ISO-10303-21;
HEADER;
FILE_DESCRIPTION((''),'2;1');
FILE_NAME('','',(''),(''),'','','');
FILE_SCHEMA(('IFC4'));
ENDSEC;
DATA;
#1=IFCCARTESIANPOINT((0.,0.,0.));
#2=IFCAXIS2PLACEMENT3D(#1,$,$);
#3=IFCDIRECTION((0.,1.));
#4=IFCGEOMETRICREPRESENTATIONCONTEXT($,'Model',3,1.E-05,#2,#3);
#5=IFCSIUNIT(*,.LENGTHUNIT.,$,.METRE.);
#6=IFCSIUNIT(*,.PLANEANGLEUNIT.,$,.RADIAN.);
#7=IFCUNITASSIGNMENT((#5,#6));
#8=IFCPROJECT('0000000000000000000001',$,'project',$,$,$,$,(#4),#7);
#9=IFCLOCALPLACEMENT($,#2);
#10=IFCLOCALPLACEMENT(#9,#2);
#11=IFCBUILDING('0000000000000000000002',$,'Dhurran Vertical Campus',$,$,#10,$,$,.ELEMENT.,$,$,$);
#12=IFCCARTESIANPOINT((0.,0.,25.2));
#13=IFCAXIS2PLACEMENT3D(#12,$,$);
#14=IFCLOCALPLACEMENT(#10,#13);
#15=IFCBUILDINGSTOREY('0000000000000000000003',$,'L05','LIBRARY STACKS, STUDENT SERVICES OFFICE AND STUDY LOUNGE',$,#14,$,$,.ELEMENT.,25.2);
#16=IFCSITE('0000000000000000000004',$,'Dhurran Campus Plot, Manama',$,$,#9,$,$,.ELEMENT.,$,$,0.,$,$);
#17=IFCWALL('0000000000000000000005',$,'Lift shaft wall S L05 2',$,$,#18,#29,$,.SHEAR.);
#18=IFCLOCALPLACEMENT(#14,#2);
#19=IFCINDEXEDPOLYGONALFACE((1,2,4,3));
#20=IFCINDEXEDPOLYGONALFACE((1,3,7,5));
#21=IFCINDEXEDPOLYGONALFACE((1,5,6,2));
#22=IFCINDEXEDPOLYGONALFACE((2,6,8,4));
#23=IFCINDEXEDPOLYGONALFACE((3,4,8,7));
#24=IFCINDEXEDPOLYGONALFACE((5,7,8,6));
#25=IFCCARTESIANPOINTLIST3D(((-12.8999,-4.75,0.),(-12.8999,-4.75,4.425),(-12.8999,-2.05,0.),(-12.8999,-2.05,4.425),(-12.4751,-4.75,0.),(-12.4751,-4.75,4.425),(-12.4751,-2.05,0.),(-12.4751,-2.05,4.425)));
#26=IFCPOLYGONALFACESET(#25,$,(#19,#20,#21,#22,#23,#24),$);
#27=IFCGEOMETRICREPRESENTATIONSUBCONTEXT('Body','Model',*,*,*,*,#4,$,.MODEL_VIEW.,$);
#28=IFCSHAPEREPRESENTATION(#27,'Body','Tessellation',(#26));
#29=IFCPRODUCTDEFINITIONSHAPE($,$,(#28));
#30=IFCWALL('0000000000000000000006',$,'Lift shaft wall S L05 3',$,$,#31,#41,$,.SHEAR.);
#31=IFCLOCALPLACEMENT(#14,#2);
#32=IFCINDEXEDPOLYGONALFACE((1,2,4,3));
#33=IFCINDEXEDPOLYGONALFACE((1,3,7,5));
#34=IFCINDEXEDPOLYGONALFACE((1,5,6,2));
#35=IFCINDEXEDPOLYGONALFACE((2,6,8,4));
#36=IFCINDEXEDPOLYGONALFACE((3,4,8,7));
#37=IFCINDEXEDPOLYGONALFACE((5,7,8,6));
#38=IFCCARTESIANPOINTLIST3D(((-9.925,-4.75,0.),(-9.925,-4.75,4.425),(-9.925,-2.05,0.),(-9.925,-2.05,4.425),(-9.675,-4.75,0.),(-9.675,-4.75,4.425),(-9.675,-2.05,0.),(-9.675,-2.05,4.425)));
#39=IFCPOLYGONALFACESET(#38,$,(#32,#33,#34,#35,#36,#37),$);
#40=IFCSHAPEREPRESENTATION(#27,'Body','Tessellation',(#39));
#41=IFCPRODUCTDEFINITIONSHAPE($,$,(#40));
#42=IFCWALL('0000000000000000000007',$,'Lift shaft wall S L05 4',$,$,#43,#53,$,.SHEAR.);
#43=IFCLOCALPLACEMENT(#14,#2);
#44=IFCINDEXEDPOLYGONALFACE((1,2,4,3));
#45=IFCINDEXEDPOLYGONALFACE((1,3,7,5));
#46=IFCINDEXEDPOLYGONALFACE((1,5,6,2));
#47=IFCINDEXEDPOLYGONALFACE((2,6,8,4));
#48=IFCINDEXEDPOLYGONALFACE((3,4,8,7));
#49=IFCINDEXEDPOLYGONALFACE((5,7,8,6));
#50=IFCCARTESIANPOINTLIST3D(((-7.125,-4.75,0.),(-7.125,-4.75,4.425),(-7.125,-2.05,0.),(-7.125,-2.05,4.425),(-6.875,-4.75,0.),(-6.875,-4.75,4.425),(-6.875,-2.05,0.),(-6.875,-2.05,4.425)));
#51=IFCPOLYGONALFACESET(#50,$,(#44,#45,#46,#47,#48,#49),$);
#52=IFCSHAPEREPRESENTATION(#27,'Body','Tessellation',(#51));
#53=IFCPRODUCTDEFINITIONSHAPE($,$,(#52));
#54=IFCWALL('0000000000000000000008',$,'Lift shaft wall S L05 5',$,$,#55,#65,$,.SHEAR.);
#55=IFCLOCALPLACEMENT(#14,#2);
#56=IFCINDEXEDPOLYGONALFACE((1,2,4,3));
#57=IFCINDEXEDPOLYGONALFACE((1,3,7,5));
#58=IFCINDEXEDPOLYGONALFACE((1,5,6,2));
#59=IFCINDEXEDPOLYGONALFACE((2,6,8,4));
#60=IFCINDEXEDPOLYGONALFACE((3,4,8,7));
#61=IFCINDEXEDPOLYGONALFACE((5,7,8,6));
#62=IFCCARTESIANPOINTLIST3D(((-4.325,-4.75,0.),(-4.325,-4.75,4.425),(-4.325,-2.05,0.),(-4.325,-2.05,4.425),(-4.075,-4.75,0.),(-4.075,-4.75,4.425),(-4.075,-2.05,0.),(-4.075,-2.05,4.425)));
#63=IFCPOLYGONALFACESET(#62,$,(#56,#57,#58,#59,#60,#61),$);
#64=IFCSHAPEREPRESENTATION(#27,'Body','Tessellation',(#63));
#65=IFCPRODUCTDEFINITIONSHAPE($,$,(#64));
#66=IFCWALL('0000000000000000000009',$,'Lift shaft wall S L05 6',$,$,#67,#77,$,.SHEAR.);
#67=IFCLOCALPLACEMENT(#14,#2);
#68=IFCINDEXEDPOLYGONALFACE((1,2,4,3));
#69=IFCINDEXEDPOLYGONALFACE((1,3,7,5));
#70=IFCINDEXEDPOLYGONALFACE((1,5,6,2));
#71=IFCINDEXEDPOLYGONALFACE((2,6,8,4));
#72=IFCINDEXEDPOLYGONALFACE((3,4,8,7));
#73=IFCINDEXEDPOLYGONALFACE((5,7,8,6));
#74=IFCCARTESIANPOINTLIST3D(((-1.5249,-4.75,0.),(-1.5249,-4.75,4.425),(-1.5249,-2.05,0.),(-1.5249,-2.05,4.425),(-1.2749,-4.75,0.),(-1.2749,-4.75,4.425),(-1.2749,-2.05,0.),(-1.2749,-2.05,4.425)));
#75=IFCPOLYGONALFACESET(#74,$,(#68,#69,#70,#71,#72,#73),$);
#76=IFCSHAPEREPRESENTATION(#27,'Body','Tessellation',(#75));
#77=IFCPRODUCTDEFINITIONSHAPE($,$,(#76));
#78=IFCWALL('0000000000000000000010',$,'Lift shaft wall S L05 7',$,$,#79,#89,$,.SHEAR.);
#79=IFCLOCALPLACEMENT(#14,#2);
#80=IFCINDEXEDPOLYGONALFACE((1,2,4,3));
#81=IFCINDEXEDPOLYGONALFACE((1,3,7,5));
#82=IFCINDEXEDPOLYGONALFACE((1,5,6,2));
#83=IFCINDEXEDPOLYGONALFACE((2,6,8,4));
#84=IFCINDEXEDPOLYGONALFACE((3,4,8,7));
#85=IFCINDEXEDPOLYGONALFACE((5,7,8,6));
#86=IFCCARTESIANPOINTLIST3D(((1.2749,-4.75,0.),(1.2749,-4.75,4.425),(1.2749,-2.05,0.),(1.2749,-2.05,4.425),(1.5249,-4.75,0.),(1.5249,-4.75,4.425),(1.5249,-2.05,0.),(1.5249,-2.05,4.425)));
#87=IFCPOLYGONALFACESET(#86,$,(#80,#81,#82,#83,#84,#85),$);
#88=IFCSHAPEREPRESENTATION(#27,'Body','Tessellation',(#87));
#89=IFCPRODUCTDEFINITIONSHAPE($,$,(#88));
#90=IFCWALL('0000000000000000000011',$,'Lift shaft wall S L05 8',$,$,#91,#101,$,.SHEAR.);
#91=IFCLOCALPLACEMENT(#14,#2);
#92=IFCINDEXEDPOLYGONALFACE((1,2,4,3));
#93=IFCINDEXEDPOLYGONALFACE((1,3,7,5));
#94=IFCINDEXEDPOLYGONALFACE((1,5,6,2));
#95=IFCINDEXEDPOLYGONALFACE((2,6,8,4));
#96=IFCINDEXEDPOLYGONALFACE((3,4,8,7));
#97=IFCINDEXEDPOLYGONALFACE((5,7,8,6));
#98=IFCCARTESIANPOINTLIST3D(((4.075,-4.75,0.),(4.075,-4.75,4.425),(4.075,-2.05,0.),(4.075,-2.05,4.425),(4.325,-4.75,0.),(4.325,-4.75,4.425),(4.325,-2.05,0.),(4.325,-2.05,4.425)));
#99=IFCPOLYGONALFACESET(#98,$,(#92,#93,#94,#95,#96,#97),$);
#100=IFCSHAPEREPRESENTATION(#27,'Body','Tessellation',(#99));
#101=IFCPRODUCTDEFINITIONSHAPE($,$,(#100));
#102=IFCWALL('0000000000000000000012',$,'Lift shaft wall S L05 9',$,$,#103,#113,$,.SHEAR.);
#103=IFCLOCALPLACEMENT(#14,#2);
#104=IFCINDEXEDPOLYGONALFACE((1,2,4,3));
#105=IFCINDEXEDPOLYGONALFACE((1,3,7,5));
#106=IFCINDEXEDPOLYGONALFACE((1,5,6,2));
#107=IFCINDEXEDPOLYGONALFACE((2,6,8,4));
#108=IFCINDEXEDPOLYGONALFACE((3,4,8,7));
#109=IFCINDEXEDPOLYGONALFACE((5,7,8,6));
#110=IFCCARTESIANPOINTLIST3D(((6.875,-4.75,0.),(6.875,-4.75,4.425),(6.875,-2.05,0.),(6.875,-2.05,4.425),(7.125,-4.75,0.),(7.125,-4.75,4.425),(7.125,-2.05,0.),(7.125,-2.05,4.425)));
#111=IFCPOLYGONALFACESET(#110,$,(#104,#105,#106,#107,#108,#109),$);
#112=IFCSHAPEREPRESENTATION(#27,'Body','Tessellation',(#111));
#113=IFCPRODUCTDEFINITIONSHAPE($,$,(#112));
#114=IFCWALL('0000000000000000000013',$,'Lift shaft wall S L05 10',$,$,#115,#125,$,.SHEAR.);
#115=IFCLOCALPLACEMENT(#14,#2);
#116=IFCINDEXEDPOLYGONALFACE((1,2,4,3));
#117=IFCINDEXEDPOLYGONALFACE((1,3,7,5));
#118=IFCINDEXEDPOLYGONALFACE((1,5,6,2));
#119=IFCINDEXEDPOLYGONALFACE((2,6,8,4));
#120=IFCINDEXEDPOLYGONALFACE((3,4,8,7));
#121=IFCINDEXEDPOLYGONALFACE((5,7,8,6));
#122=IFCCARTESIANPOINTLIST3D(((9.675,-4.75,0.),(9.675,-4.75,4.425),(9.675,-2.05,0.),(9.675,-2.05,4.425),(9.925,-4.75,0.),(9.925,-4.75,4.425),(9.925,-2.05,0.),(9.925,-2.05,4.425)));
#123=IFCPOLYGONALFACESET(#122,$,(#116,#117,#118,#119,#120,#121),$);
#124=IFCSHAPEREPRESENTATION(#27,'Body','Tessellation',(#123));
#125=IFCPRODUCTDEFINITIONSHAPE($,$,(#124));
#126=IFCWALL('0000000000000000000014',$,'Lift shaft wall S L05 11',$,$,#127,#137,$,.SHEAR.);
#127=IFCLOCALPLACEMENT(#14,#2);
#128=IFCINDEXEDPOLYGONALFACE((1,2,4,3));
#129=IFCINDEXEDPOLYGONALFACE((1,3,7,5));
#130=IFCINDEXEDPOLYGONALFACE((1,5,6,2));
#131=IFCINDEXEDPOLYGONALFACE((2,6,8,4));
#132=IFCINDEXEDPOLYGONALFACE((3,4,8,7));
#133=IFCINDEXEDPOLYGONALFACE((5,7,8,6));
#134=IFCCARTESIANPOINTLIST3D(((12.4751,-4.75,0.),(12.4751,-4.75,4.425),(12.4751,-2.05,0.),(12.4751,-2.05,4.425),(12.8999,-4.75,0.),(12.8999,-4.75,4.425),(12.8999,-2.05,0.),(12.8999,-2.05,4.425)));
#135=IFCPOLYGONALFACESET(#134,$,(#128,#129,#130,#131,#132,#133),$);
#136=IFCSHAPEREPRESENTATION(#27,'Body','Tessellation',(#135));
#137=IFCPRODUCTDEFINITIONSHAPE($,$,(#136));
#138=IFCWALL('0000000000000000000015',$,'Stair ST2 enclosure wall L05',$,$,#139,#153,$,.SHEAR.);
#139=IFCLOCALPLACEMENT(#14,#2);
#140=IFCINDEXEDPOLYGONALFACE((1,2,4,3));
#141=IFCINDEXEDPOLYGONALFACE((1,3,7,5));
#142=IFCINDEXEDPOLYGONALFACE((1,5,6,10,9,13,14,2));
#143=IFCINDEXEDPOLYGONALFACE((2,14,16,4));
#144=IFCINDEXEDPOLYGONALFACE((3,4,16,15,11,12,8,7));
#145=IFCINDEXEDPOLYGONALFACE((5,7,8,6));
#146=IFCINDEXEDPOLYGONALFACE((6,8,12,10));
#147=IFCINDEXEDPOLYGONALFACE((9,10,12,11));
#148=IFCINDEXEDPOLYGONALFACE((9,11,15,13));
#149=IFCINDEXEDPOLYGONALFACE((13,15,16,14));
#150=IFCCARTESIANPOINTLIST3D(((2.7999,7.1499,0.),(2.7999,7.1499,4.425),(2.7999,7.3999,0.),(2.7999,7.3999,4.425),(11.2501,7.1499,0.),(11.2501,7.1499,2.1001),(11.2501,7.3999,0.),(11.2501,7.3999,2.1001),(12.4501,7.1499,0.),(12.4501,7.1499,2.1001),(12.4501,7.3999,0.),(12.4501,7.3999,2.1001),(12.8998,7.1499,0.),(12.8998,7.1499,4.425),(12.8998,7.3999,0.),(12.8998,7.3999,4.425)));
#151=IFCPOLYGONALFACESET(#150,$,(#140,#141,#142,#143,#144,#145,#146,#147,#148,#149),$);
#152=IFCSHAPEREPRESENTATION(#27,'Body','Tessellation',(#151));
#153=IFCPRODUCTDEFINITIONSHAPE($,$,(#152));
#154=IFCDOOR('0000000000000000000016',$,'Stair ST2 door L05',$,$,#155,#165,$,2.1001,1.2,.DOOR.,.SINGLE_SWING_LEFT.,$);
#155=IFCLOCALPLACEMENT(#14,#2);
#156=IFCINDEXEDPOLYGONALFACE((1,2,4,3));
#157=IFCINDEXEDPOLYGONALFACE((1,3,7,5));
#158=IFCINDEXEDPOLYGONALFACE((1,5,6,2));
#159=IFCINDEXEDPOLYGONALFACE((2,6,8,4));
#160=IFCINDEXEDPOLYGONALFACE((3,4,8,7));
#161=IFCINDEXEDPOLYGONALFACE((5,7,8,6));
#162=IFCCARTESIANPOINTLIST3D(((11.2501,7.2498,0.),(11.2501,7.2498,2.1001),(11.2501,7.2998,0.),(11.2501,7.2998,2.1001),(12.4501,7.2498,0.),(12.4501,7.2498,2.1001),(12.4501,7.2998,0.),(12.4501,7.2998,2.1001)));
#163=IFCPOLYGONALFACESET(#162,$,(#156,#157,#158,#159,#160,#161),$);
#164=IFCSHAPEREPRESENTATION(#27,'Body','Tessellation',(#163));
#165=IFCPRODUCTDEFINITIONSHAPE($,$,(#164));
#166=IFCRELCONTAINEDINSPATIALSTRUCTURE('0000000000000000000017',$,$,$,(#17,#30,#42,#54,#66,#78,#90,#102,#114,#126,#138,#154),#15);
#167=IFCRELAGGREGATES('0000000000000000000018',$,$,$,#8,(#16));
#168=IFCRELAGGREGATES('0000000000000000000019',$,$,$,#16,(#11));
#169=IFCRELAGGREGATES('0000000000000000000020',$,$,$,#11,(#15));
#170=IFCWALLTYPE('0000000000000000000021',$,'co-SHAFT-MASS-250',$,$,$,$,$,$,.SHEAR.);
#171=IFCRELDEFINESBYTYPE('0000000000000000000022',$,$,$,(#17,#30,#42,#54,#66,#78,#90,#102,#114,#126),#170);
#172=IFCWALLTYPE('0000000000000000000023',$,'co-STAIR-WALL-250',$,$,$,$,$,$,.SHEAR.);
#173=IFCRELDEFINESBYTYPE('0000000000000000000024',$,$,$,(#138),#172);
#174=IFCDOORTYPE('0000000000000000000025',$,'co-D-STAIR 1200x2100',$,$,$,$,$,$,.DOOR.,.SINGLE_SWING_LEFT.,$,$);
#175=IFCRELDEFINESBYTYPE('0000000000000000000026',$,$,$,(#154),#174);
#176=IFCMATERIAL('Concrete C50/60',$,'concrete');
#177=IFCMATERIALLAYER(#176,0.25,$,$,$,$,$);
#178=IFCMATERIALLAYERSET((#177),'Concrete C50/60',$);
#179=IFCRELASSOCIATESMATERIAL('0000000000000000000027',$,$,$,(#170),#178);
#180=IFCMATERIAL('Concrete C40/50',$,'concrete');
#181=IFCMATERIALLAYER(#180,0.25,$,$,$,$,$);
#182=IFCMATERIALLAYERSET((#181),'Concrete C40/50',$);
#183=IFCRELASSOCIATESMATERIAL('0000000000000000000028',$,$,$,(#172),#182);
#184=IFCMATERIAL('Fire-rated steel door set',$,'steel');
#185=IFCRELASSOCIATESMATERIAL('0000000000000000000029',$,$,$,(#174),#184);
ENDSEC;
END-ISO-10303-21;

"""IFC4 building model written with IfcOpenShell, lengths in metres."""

from ifc_helpers import new_model, si_unit, direction, frame, frame_2d, origin, place, context, subcontext, project, spatial, polyline, rectangle, outline, extrude, material, layer, layer_set, type_object, element, fill, save


model = new_model("IFC4")

# Units and contexts
model_context = context("Model", 3, precision=1e-05, world=origin(), true_north=direction((0.0, 1.0)))
body_context = subcontext(model_context, "Body", "Model", "MODEL_VIEW")
ifc_project = project(units=[si_unit("LENGTHUNIT", "METRE"), si_unit("PLANEANGLEUNIT", "RADIAN")], contexts=[model_context])

# Site, building, storey
site_placement = place(None, origin())
site = spatial("IfcSite", under=ifc_project, at=site_placement, Name="Dhurran Campus Plot, Manama", CompositionType="ELEMENT", RefElevation=0.0)
building_placement = place(site_placement, origin())
building = spatial("IfcBuilding", under=site, at=building_placement, Name="Dhurran Vertical Campus", CompositionType="ELEMENT")
storey_placement = place(building_placement, frame((0.0, 0.0, 25.2)))
storey = spatial("IfcBuildingStorey", under=building, at=storey_placement, Name="L05", Description="LIBRARY STACKS, STUDENT SERVICES OFFICE AND STUDY LOUNGE", CompositionType="ELEMENT", Elevation=25.2)

# Walls
ifc_material_1 = material(Name="Concrete C50/60", Category="concrete")
ifc_layer_1 = layer(ifc_material_1, 0.25)
ifc_layer_set_1 = layer_set([ifc_layer_1], Name="Concrete C50/60")
wall_type_1 = type_object("IfcWallType", Name="co-SHAFT-MASS-250", PredefinedType="SHEAR", material=ifc_layer_set_1)
wall_1_placement = place(storey_placement, origin())
element("IfcWall", 1, at=wall_1_placement, inside=storey, type_object=wall_type_1, Name="Lift shaft wall S L05 2", PredefinedType="SHEAR", context=body_context, shape_type="SweptSolid", body=[
    extrude(outline(polyline([(-12.8999, -4.75), (-12.4751, -4.75), (-12.4751, -2.05), (-12.8999, -2.05), (-12.8999, -4.75)])), origin(), (0.0, 0.0, 1.0), 4.425),
])
wall_2_placement = place(storey_placement, origin())
element("IfcWall", 2, at=wall_2_placement, inside=storey, type_object=wall_type_1, Name="Lift shaft wall S L05 3", PredefinedType="SHEAR", context=body_context, shape_type="SweptSolid", body=[
    extrude(outline(polyline([(-9.925, -4.75), (-9.675, -4.75), (-9.675, -2.05), (-9.925, -2.05), (-9.925, -4.75)])), origin(), (0.0, 0.0, 1.0), 4.425),
])
wall_3_placement = place(storey_placement, origin())
element("IfcWall", 3, at=wall_3_placement, inside=storey, type_object=wall_type_1, Name="Lift shaft wall S L05 4", PredefinedType="SHEAR", context=body_context, shape_type="SweptSolid", body=[
    extrude(outline(polyline([(-7.125, -4.75), (-6.875, -4.75), (-6.875, -2.05), (-7.125, -2.05), (-7.125, -4.75)])), origin(), (0.0, 0.0, 1.0), 4.425),
])
wall_4_placement = place(storey_placement, origin())
element("IfcWall", 4, at=wall_4_placement, inside=storey, type_object=wall_type_1, Name="Lift shaft wall S L05 5", PredefinedType="SHEAR", context=body_context, shape_type="SweptSolid", body=[
    extrude(outline(polyline([(-4.325, -4.75), (-4.075, -4.75), (-4.075, -2.05), (-4.325, -2.05), (-4.325, -4.75)])), origin(), (0.0, 0.0, 1.0), 4.425),
])
wall_5_placement = place(storey_placement, origin())
element("IfcWall", 5, at=wall_5_placement, inside=storey, type_object=wall_type_1, Name="Lift shaft wall S L05 6", PredefinedType="SHEAR", context=body_context, shape_type="SweptSolid", body=[
    extrude(outline(polyline([(-1.5249, -4.75), (-1.2749, -4.75), (-1.2749, -2.05), (-1.5249, -2.05), (-1.5249, -4.75)])), origin(), (0.0, 0.0, 1.0), 4.425),
])
wall_6_placement = place(storey_placement, origin())
element("IfcWall", 6, at=wall_6_placement, inside=storey, type_object=wall_type_1, Name="Lift shaft wall S L05 7", PredefinedType="SHEAR", context=body_context, shape_type="SweptSolid", body=[
    extrude(outline(polyline([(1.2749, -4.75), (1.5249, -4.75), (1.5249, -2.05), (1.2749, -2.05), (1.2749, -4.75)])), origin(), (0.0, 0.0, 1.0), 4.425),
])
wall_7_placement = place(storey_placement, origin())
element("IfcWall", 7, at=wall_7_placement, inside=storey, type_object=wall_type_1, Name="Lift shaft wall S L05 8", PredefinedType="SHEAR", context=body_context, shape_type="SweptSolid", body=[
    extrude(outline(polyline([(4.075, -4.75), (4.325, -4.75), (4.325, -2.05), (4.075, -2.05), (4.075, -4.75)])), origin(), (0.0, 0.0, 1.0), 4.425),
])
wall_8_placement = place(storey_placement, origin())
element("IfcWall", 8, at=wall_8_placement, inside=storey, type_object=wall_type_1, Name="Lift shaft wall S L05 9", PredefinedType="SHEAR", context=body_context, shape_type="SweptSolid", body=[
    extrude(outline(polyline([(6.875, -4.75), (7.125, -4.75), (7.125, -2.05), (6.875, -2.05), (6.875, -4.75)])), origin(), (0.0, 0.0, 1.0), 4.425),
])
wall_9_placement = place(storey_placement, origin())
element("IfcWall", 9, at=wall_9_placement, inside=storey, type_object=wall_type_1, Name="Lift shaft wall S L05 10", PredefinedType="SHEAR", context=body_context, shape_type="SweptSolid", body=[
    extrude(outline(polyline([(9.675, -4.75), (9.925, -4.75), (9.925, -2.05), (9.675, -2.05), (9.675, -4.75)])), origin(), (0.0, 0.0, 1.0), 4.425),
])
wall_10_placement = place(storey_placement, origin())
element("IfcWall", 10, at=wall_10_placement, inside=storey, type_object=wall_type_1, Name="Lift shaft wall S L05 11", PredefinedType="SHEAR", context=body_context, shape_type="SweptSolid", body=[
    extrude(outline(polyline([(12.4751, -4.75), (12.8999, -4.75), (12.8999, -2.05), (12.4751, -2.05), (12.4751, -4.75)])), origin(), (0.0, 0.0, 1.0), 4.425),
])

# Wall, opening, door
ifc_material_2 = material(Name="Concrete C40/50", Category="concrete")
ifc_layer_2 = layer(ifc_material_2, 0.25)
ifc_layer_set_2 = layer_set([ifc_layer_2], Name="Concrete C40/50")
wall_type_2 = type_object("IfcWallType", Name="co-STAIR-WALL-250", PredefinedType="SHEAR", material=ifc_layer_set_2)
wall_11_placement = place(storey_placement, frame((2.8, 7.2749, 0.0), z_axis=(0.0, 0.0, 1.0), x_axis=(1.0, 0.0, 0.0)))
wall_11 = element("IfcWall", 11, at=wall_11_placement, inside=storey, type_object=wall_type_2, Name="Stair ST2 enclosure wall L05", PredefinedType="SHEAR", context=body_context, shape_type="SweptSolid", body=[
    extrude(rectangle(XDim=10.0999, YDim=0.25, at=frame_2d((5.0498, 0.0))), origin(), (0.0, 0.0, 1.0), 4.425),
])
opening_1_placement = place(wall_11_placement, frame((8.45, 0.0, 0.0)))
opening_1 = element("IfcOpeningElement", 12, at=opening_1_placement, cuts=wall_11, PredefinedType="OPENING", context=body_context, shape_type="SweptSolid", body=[
    extrude(rectangle(XDim=1.2, YDim=2.1001, at=frame_2d((0.6001, 1.05))), frame((0.0, 0.135, 0.0), z_axis=(0.0, -1.0, 0.0), x_axis=(1.0, 0.0, 0.0)), (0.0, 0.0, 1.0), 0.27),
])
ifc_material_3 = material(Name="Fire-rated steel door set", Category="steel")
door_type_1 = type_object("IfcDoorType", Name="co-D-STAIR 1200x2100", OperationType="SINGLE_SWING_LEFT", PredefinedType="DOOR", material=ifc_material_3)
door_1_placement = place(opening_1_placement, origin())
door_1 = element("IfcDoor", 13, at=door_1_placement, inside=storey, type_object=door_type_1, Name="Stair ST2 door L05", OperationType="SINGLE_SWING_LEFT", OverallHeight=2.1001, OverallWidth=1.2, PredefinedType="DOOR", context=body_context, shape_type="SweptSolid", body=[
    extrude(rectangle(XDim=1.2, YDim=2.1001, at=frame_2d((0.6001, 1.05))), frame((0.0, 0.0249, 0.0), z_axis=(0.0, -1.0, 0.0), x_axis=(1.0, 0.0, 0.0)), (0.0, 0.0, 1.0), 0.05),
])
fill(opening_1, door_1)

save(model, "model.ifc")
